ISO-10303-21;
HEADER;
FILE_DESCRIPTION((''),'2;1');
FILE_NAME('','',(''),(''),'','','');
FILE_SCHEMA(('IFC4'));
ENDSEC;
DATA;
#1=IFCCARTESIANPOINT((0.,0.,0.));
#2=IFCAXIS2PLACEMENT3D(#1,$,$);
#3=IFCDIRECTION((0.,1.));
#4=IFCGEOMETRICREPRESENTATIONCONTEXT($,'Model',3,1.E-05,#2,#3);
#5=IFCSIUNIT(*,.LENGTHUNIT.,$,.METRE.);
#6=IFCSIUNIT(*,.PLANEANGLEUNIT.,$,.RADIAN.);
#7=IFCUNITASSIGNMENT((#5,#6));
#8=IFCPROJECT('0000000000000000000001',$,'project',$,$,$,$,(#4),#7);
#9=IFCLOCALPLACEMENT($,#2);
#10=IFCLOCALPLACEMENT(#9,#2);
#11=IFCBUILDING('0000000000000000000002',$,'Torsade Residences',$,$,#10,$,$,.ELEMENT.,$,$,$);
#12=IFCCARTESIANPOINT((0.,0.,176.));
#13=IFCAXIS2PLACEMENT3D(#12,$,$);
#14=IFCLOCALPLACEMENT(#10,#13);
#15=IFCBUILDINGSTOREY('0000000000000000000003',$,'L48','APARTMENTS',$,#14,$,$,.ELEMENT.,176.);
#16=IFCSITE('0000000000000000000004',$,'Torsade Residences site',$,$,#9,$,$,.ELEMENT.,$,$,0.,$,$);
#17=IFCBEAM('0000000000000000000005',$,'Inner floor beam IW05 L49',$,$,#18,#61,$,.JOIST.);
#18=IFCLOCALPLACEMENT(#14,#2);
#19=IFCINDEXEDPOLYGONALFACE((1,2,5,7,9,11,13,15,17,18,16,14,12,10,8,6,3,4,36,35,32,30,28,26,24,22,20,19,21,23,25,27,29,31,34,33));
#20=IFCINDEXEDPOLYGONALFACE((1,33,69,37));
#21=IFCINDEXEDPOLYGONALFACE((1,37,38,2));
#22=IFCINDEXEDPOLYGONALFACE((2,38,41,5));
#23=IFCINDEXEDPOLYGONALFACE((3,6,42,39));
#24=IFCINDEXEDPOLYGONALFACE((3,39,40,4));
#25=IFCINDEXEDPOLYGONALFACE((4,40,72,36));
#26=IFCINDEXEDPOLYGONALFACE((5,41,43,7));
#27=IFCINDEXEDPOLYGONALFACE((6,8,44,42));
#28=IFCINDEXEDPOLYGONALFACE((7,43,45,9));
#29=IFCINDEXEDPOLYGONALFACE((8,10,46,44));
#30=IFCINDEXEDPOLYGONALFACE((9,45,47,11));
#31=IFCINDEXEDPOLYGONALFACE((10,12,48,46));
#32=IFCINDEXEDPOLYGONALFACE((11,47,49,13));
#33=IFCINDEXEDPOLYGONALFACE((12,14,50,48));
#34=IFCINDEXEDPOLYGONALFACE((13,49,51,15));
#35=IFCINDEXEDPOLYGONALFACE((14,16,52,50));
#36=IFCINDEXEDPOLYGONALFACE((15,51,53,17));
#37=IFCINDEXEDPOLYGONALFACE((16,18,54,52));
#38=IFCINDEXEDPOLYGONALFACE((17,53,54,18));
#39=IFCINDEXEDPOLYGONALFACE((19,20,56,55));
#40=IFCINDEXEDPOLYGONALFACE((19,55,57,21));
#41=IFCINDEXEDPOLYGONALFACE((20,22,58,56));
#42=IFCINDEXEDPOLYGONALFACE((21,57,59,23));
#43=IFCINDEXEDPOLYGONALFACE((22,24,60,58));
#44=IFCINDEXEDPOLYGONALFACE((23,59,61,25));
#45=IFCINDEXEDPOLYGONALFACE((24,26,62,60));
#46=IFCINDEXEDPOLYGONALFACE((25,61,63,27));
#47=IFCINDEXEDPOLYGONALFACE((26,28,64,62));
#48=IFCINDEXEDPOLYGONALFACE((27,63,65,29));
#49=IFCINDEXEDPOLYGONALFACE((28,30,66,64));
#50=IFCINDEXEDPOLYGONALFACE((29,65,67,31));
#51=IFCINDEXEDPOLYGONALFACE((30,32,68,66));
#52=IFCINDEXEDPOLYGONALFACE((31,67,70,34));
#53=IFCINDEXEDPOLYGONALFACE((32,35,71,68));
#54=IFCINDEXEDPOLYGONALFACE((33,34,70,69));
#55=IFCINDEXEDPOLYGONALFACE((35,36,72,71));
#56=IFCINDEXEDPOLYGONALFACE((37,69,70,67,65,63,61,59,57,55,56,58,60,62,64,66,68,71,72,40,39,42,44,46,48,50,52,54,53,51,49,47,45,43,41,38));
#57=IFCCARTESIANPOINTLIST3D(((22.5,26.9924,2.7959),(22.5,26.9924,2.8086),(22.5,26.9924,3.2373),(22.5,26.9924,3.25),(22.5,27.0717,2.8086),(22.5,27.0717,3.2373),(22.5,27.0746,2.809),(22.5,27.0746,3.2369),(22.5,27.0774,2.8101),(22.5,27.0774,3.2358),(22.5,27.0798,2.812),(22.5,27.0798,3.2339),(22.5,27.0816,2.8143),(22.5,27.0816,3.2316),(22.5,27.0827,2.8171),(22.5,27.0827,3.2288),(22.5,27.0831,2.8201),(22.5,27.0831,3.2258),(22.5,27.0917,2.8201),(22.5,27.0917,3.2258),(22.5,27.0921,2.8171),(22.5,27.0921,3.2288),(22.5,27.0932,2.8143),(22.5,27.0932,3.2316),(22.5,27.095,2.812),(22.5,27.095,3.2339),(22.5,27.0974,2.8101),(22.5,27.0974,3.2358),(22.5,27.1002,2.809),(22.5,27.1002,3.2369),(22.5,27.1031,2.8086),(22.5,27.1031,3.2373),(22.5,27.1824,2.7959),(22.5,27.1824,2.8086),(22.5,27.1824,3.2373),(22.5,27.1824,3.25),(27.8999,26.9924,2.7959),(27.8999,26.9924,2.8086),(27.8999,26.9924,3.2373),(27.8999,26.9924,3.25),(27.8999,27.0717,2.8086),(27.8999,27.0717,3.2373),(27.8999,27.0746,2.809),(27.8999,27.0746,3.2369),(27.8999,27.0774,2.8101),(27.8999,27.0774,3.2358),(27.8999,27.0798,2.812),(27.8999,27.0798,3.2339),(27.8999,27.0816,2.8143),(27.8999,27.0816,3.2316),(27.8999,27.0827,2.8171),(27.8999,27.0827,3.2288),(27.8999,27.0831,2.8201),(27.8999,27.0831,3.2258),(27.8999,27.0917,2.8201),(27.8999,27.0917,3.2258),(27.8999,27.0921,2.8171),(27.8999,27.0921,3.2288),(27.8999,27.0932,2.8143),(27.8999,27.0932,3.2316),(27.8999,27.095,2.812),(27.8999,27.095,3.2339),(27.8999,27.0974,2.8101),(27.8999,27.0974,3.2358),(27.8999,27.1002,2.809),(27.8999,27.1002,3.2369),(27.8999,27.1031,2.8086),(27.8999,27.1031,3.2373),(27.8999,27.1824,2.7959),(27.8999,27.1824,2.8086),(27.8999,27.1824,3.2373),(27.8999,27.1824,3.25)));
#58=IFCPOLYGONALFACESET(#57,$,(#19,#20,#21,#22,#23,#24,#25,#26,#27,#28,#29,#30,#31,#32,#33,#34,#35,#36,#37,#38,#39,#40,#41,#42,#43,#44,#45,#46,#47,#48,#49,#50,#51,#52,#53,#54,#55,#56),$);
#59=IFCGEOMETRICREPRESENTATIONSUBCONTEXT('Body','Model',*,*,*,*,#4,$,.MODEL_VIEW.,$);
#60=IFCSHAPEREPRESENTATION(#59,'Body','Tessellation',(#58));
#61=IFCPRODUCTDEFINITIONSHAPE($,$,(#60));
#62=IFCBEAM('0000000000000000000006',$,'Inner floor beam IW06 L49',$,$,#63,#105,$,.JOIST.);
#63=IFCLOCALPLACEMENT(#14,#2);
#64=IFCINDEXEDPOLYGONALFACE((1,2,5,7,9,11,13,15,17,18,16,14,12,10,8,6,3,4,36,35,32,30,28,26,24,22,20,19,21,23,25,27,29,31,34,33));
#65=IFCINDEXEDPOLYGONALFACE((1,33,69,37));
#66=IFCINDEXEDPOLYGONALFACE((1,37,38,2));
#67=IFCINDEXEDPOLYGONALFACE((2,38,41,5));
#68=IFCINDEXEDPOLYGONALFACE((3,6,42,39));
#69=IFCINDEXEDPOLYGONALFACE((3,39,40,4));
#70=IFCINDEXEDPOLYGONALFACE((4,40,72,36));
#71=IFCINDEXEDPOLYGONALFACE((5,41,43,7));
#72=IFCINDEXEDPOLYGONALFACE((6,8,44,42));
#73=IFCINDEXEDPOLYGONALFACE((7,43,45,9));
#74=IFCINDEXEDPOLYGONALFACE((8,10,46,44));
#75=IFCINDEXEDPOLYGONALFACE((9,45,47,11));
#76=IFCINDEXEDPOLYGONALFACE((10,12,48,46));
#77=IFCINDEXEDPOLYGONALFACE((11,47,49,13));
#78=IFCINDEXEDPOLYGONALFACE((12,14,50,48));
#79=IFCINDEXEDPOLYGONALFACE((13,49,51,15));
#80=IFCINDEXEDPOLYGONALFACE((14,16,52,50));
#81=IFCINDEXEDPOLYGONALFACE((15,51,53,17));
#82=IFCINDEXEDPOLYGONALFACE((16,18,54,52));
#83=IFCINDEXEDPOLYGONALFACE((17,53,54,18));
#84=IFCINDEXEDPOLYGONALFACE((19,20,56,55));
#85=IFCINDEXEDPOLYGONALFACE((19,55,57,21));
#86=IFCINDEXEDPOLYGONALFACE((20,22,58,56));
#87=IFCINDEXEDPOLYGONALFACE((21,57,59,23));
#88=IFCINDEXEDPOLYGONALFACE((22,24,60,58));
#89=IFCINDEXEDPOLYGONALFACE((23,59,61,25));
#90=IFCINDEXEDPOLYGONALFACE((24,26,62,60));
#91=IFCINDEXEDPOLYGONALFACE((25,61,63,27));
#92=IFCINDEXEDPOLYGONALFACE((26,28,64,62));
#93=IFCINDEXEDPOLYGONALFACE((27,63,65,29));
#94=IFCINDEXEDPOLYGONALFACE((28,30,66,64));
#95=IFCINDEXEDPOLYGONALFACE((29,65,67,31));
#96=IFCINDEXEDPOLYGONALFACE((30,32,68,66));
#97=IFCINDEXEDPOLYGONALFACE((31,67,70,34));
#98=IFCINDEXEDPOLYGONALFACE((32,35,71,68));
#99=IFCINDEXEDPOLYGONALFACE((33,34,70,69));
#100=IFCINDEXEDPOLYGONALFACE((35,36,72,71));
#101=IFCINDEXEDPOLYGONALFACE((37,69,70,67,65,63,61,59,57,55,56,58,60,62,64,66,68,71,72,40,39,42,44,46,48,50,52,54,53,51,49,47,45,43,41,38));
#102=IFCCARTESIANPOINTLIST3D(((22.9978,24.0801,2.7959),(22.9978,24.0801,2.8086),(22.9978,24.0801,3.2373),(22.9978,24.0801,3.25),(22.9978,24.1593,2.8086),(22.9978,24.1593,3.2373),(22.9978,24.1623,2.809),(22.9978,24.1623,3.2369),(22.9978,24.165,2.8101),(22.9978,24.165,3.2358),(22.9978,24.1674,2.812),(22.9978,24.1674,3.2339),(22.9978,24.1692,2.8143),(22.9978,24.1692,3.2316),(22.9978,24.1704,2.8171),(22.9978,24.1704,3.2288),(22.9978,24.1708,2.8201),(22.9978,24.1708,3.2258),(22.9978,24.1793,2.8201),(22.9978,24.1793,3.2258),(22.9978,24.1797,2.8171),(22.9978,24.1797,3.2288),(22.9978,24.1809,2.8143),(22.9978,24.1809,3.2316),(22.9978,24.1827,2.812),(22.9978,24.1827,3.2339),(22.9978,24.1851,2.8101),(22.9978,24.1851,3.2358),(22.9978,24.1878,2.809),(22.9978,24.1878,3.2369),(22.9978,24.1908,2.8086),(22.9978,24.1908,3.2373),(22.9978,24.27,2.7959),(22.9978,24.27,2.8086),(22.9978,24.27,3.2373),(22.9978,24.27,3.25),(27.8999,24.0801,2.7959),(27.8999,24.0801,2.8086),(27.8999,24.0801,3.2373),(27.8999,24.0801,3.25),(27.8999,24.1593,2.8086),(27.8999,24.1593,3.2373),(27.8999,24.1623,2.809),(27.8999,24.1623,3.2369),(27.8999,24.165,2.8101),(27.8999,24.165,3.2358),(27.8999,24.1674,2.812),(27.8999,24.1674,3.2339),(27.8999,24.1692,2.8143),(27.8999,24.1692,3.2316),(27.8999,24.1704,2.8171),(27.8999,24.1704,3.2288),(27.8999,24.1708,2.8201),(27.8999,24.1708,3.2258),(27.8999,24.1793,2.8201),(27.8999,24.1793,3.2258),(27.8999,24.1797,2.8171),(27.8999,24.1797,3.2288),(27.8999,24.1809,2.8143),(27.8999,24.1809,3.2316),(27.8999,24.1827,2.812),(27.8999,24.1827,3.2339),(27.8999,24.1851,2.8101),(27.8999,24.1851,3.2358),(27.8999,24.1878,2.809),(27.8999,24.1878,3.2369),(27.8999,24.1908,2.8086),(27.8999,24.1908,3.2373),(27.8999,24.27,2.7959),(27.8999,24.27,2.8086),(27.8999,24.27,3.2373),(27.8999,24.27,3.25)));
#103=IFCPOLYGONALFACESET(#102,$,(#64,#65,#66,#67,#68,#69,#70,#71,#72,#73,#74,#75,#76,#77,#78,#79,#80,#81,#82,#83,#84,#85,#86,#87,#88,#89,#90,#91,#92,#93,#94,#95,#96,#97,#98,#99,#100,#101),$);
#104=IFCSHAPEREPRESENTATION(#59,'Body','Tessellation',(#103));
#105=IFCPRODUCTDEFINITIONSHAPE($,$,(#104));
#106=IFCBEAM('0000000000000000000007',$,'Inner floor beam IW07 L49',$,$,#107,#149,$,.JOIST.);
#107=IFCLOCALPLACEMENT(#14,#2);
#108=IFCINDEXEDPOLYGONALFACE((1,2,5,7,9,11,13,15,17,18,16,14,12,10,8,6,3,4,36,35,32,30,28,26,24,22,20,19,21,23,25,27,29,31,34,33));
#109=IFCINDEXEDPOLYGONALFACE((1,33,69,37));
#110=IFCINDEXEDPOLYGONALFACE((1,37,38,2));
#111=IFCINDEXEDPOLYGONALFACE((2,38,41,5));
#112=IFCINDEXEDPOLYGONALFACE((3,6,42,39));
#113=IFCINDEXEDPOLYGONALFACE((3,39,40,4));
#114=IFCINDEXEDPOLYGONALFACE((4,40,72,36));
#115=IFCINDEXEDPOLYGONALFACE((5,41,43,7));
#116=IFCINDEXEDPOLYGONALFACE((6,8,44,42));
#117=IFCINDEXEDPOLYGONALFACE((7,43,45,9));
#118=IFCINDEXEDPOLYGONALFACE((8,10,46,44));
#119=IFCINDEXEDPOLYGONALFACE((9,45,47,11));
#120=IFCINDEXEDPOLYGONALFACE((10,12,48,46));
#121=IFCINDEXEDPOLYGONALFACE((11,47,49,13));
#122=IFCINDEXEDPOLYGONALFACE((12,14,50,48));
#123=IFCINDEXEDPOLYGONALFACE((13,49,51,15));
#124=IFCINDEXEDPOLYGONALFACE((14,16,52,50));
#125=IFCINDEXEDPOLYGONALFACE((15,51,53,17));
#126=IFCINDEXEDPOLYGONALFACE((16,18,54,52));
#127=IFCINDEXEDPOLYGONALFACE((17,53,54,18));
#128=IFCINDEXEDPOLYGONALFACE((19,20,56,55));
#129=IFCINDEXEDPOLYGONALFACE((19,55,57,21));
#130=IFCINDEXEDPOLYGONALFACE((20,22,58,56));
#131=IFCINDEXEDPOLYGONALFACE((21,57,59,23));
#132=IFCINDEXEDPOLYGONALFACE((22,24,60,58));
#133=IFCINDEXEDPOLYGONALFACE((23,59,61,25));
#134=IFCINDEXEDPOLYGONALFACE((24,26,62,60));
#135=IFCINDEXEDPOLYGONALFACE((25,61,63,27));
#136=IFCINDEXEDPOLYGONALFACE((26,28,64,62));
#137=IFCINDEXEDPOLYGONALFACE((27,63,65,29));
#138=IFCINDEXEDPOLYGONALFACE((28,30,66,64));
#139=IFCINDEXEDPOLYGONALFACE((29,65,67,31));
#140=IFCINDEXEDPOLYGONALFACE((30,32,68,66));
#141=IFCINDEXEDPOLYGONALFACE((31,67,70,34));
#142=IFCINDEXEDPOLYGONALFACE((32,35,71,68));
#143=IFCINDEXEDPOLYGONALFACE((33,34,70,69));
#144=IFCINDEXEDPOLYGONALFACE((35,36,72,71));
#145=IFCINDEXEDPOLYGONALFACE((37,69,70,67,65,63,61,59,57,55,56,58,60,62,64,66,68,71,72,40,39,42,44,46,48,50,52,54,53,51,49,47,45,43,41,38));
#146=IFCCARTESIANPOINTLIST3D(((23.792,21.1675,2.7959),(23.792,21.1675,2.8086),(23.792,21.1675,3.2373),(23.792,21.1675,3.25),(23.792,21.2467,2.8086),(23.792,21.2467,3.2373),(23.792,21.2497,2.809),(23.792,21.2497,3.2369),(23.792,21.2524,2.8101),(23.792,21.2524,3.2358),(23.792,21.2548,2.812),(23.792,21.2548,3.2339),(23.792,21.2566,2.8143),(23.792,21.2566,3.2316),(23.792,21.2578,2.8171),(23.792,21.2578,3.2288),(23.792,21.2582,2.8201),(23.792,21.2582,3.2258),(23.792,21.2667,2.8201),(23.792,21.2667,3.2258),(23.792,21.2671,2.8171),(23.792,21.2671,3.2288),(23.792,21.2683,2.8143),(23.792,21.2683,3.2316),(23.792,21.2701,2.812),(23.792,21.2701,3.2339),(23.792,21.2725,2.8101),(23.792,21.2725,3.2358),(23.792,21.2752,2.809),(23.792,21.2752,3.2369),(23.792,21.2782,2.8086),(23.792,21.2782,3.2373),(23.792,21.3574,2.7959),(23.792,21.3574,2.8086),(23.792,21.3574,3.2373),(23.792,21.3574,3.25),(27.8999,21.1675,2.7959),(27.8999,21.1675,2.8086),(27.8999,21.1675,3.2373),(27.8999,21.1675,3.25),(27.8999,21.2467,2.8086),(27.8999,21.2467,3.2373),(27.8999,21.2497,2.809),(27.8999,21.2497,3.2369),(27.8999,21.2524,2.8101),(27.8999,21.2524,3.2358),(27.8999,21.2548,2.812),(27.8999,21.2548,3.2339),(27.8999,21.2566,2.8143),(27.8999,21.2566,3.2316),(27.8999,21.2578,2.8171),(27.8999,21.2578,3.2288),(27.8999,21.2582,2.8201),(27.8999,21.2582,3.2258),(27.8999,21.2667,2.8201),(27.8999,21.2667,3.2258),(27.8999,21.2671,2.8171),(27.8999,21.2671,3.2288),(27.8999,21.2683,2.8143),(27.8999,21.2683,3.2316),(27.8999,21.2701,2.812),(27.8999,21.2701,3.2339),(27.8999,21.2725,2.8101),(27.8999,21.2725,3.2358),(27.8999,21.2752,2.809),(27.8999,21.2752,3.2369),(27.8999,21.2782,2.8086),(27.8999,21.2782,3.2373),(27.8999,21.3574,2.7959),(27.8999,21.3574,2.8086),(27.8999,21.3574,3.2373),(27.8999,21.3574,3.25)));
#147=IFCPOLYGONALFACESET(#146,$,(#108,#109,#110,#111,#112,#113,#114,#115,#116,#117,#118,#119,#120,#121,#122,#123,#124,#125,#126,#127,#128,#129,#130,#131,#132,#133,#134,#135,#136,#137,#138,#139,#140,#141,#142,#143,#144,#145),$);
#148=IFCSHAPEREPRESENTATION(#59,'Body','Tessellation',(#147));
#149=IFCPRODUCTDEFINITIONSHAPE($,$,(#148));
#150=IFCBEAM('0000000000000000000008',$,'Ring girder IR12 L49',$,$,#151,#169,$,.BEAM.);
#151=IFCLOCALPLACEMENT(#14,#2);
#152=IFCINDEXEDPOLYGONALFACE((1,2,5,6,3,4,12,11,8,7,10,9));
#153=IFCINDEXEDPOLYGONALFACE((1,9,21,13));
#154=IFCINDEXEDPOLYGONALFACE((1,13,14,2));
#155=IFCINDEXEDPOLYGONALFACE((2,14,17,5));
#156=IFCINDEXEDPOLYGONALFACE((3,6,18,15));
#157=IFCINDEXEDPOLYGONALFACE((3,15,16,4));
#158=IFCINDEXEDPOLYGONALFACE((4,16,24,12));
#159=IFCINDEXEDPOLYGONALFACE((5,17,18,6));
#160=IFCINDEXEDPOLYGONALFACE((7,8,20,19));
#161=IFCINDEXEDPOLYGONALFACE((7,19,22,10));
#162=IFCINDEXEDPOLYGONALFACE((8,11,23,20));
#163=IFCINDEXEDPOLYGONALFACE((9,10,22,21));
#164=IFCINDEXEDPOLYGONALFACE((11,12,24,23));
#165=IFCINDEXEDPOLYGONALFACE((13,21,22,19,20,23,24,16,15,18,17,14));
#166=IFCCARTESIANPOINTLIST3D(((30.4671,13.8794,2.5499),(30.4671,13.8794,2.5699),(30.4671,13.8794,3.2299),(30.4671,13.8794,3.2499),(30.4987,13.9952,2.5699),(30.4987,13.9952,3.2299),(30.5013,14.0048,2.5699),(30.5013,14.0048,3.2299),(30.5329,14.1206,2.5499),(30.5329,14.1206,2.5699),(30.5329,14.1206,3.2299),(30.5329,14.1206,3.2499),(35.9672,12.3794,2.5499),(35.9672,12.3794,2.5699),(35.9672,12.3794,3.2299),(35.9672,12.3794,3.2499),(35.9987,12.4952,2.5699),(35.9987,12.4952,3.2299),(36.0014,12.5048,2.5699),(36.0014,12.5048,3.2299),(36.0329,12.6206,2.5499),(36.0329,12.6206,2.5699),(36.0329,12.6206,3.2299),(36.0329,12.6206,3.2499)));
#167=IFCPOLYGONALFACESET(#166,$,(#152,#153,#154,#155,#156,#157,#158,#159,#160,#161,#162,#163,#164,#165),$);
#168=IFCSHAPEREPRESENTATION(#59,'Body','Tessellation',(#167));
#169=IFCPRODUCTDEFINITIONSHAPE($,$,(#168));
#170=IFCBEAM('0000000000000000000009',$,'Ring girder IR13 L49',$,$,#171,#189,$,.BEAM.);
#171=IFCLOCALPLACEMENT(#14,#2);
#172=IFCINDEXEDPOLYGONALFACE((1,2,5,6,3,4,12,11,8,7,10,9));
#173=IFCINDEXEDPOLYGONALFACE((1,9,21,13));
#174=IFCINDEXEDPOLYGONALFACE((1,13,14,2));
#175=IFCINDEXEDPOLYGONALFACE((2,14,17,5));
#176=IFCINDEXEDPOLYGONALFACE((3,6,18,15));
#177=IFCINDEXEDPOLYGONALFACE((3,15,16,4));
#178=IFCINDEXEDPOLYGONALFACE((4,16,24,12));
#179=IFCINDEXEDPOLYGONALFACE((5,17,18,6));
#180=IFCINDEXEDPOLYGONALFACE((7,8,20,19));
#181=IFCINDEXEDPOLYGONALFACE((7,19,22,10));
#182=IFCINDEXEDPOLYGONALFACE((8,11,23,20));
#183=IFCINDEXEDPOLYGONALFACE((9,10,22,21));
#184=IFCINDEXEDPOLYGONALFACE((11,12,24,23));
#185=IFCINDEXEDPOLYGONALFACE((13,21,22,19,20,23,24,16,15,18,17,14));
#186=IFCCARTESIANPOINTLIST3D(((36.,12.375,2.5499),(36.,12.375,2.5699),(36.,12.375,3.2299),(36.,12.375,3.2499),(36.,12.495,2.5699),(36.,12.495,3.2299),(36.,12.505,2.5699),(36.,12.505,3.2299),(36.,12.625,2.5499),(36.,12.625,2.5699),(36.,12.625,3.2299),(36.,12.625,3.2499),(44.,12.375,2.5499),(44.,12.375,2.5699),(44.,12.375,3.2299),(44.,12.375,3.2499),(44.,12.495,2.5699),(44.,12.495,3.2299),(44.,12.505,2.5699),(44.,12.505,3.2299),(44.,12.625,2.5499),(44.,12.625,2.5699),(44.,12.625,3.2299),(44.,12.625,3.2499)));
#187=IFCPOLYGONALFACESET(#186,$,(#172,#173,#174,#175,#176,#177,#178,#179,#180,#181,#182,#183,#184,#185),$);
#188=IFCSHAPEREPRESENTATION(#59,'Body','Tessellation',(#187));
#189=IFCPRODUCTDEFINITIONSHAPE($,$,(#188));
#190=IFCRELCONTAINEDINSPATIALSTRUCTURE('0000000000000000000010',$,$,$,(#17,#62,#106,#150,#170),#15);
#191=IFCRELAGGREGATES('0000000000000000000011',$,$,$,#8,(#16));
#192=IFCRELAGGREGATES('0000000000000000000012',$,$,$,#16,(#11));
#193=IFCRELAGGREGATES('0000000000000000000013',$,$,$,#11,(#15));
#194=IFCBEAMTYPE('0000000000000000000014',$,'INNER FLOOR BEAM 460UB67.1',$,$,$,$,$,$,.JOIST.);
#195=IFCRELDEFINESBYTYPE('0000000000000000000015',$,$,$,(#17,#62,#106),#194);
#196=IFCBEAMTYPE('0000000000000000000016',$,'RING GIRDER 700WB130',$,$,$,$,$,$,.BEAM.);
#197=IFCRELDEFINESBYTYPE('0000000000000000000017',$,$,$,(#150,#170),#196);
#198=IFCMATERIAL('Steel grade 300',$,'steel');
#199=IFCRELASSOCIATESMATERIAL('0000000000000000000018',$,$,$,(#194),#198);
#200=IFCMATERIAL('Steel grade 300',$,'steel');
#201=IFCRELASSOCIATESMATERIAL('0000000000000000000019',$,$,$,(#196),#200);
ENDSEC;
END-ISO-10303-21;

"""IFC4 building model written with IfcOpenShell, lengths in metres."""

from ifc_helpers import new_model, si_unit, direction, frame, origin, origin_2d, place, context, subcontext, project, spatial, i_section, extrude, material, material_profile, profile_set, type_object, element, save


model = new_model("IFC4")

# Units and contexts
model_context = context("Model", 3, precision=1e-05, world=origin(), true_north=direction((0.0, 1.0)))
body_context = subcontext(model_context, "Body", "Model", "MODEL_VIEW")
ifc_project = project(units=[si_unit("LENGTHUNIT", "METRE"), si_unit("PLANEANGLEUNIT", "RADIAN")], contexts=[model_context])

# Site, building, storey
site_placement = place(None, origin())
site = spatial("IfcSite", under=ifc_project, at=site_placement, Name="Torsade Residences site", CompositionType="ELEMENT", RefElevation=0.0)
building_placement = place(site_placement, origin())
building = spatial("IfcBuilding", under=site, at=building_placement, Name="Torsade Residences", CompositionType="ELEMENT")
storey_placement = place(building_placement, frame((0.0, 0.0, 176.0)))
storey = spatial("IfcBuildingStorey", under=building, at=storey_placement, Name="L48", Description="APARTMENTS", CompositionType="ELEMENT", Elevation=176.0)

# Beams
ifc_material_1 = material(Name="Steel grade 300", Category="steel")
ifc_material_profile_1 = material_profile(ifc_material_1, i_section(OverallWidth=0.1899, OverallDepth=0.4541, WebThickness=0.0085, FlangeThickness=0.0127, FilletRadius=0.0115, at=origin_2d()), Name="460UB67.1")
ifc_profile_set_1 = profile_set([ifc_material_profile_1], Name="Steel grade 300")
beam_type_1 = type_object("IfcBeamType", Name="INNER FLOOR BEAM 460UB67.1", PredefinedType="JOIST", material=ifc_profile_set_1)
beam_1_placement = place(storey_placement, frame((27.8999, 27.0874, 3.0229), z_axis=(-1.0, 0.0, 0.0), x_axis=(0.0, -1.0, 0.0)))
element("IfcBeam", 1, at=beam_1_placement, inside=storey, type_object=beam_type_1, Name="Inner floor beam IW05 L49", PredefinedType="JOIST", context=body_context, shape_type="SweptSolid", body=[
    extrude(i_section(OverallWidth=0.1899, OverallDepth=0.4541, WebThickness=0.0085, FlangeThickness=0.0127, FilletRadius=0.0115, at=origin_2d()), origin(), (0.0, 0.0, 1.0), 5.3999),
])
beam_2_placement = place(storey_placement, frame((27.8999, 24.175, 3.0229), z_axis=(-1.0, 0.0, 0.0), x_axis=(0.0, -1.0, 0.0)))
element("IfcBeam", 2, at=beam_2_placement, inside=storey, type_object=beam_type_1, Name="Inner floor beam IW06 L49", PredefinedType="JOIST", context=body_context, shape_type="SweptSolid", body=[
    extrude(i_section(OverallWidth=0.1899, OverallDepth=0.4541, WebThickness=0.0085, FlangeThickness=0.0127, FilletRadius=0.0115, at=origin_2d()), origin(), (0.0, 0.0, 1.0), 4.9021),
])
beam_3_placement = place(storey_placement, frame((27.8999, 21.2625, 3.0229), z_axis=(-1.0, 0.0, 0.0), x_axis=(0.0, -1.0, 0.0)))
element("IfcBeam", 3, at=beam_3_placement, inside=storey, type_object=beam_type_1, Name="Inner floor beam IW07 L49", PredefinedType="JOIST", context=body_context, shape_type="SweptSolid", body=[
    extrude(i_section(OverallWidth=0.1899, OverallDepth=0.4541, WebThickness=0.0085, FlangeThickness=0.0127, FilletRadius=0.0115, at=origin_2d()), origin(), (0.0, 0.0, 1.0), 4.1079),
])
ifc_material_2 = material(Name="Steel grade 300", Category="steel")
ifc_material_profile_2 = material_profile(ifc_material_2, i_section(OverallWidth=0.25, OverallDepth=0.7, WebThickness=0.01, FlangeThickness=0.02, at=origin_2d()), Name="700WB130")
ifc_profile_set_2 = profile_set([ifc_material_profile_2], Name="Steel grade 300")
beam_type_2 = type_object("IfcBeamType", Name="RING GIRDER 700WB130", PredefinedType="BEAM", material=ifc_profile_set_2)
beam_4_placement = place(storey_placement, frame((30.5, 14.0, 2.8999), z_axis=(0.964764, -0.263117, 0.0), x_axis=(0.263117, 0.964764, 0.0)))
element("IfcBeam", 4, at=beam_4_placement, inside=storey, type_object=beam_type_2, Name="Ring girder IR12 L49", PredefinedType="BEAM", context=body_context, shape_type="SweptSolid", body=[
    extrude(i_section(OverallWidth=0.25, OverallDepth=0.7, WebThickness=0.01, FlangeThickness=0.02, at=origin_2d()), origin(), (0.0, 0.0, 1.0), 5.7009),
])
beam_5_placement = place(storey_placement, frame((36.0, 12.5, 2.8999), z_axis=(1.0, 0.0, 0.0), x_axis=(0.0, 1.0, 0.0)))
element("IfcBeam", 5, at=beam_5_placement, inside=storey, type_object=beam_type_2, Name="Ring girder IR13 L49", PredefinedType="BEAM", context=body_context, shape_type="SweptSolid", body=[
    extrude(i_section(OverallWidth=0.25, OverallDepth=0.7, WebThickness=0.01, FlangeThickness=0.02, at=origin_2d()), origin(), (0.0, 0.0, 1.0), 8.0),
])

save(model, "model.ifc")
